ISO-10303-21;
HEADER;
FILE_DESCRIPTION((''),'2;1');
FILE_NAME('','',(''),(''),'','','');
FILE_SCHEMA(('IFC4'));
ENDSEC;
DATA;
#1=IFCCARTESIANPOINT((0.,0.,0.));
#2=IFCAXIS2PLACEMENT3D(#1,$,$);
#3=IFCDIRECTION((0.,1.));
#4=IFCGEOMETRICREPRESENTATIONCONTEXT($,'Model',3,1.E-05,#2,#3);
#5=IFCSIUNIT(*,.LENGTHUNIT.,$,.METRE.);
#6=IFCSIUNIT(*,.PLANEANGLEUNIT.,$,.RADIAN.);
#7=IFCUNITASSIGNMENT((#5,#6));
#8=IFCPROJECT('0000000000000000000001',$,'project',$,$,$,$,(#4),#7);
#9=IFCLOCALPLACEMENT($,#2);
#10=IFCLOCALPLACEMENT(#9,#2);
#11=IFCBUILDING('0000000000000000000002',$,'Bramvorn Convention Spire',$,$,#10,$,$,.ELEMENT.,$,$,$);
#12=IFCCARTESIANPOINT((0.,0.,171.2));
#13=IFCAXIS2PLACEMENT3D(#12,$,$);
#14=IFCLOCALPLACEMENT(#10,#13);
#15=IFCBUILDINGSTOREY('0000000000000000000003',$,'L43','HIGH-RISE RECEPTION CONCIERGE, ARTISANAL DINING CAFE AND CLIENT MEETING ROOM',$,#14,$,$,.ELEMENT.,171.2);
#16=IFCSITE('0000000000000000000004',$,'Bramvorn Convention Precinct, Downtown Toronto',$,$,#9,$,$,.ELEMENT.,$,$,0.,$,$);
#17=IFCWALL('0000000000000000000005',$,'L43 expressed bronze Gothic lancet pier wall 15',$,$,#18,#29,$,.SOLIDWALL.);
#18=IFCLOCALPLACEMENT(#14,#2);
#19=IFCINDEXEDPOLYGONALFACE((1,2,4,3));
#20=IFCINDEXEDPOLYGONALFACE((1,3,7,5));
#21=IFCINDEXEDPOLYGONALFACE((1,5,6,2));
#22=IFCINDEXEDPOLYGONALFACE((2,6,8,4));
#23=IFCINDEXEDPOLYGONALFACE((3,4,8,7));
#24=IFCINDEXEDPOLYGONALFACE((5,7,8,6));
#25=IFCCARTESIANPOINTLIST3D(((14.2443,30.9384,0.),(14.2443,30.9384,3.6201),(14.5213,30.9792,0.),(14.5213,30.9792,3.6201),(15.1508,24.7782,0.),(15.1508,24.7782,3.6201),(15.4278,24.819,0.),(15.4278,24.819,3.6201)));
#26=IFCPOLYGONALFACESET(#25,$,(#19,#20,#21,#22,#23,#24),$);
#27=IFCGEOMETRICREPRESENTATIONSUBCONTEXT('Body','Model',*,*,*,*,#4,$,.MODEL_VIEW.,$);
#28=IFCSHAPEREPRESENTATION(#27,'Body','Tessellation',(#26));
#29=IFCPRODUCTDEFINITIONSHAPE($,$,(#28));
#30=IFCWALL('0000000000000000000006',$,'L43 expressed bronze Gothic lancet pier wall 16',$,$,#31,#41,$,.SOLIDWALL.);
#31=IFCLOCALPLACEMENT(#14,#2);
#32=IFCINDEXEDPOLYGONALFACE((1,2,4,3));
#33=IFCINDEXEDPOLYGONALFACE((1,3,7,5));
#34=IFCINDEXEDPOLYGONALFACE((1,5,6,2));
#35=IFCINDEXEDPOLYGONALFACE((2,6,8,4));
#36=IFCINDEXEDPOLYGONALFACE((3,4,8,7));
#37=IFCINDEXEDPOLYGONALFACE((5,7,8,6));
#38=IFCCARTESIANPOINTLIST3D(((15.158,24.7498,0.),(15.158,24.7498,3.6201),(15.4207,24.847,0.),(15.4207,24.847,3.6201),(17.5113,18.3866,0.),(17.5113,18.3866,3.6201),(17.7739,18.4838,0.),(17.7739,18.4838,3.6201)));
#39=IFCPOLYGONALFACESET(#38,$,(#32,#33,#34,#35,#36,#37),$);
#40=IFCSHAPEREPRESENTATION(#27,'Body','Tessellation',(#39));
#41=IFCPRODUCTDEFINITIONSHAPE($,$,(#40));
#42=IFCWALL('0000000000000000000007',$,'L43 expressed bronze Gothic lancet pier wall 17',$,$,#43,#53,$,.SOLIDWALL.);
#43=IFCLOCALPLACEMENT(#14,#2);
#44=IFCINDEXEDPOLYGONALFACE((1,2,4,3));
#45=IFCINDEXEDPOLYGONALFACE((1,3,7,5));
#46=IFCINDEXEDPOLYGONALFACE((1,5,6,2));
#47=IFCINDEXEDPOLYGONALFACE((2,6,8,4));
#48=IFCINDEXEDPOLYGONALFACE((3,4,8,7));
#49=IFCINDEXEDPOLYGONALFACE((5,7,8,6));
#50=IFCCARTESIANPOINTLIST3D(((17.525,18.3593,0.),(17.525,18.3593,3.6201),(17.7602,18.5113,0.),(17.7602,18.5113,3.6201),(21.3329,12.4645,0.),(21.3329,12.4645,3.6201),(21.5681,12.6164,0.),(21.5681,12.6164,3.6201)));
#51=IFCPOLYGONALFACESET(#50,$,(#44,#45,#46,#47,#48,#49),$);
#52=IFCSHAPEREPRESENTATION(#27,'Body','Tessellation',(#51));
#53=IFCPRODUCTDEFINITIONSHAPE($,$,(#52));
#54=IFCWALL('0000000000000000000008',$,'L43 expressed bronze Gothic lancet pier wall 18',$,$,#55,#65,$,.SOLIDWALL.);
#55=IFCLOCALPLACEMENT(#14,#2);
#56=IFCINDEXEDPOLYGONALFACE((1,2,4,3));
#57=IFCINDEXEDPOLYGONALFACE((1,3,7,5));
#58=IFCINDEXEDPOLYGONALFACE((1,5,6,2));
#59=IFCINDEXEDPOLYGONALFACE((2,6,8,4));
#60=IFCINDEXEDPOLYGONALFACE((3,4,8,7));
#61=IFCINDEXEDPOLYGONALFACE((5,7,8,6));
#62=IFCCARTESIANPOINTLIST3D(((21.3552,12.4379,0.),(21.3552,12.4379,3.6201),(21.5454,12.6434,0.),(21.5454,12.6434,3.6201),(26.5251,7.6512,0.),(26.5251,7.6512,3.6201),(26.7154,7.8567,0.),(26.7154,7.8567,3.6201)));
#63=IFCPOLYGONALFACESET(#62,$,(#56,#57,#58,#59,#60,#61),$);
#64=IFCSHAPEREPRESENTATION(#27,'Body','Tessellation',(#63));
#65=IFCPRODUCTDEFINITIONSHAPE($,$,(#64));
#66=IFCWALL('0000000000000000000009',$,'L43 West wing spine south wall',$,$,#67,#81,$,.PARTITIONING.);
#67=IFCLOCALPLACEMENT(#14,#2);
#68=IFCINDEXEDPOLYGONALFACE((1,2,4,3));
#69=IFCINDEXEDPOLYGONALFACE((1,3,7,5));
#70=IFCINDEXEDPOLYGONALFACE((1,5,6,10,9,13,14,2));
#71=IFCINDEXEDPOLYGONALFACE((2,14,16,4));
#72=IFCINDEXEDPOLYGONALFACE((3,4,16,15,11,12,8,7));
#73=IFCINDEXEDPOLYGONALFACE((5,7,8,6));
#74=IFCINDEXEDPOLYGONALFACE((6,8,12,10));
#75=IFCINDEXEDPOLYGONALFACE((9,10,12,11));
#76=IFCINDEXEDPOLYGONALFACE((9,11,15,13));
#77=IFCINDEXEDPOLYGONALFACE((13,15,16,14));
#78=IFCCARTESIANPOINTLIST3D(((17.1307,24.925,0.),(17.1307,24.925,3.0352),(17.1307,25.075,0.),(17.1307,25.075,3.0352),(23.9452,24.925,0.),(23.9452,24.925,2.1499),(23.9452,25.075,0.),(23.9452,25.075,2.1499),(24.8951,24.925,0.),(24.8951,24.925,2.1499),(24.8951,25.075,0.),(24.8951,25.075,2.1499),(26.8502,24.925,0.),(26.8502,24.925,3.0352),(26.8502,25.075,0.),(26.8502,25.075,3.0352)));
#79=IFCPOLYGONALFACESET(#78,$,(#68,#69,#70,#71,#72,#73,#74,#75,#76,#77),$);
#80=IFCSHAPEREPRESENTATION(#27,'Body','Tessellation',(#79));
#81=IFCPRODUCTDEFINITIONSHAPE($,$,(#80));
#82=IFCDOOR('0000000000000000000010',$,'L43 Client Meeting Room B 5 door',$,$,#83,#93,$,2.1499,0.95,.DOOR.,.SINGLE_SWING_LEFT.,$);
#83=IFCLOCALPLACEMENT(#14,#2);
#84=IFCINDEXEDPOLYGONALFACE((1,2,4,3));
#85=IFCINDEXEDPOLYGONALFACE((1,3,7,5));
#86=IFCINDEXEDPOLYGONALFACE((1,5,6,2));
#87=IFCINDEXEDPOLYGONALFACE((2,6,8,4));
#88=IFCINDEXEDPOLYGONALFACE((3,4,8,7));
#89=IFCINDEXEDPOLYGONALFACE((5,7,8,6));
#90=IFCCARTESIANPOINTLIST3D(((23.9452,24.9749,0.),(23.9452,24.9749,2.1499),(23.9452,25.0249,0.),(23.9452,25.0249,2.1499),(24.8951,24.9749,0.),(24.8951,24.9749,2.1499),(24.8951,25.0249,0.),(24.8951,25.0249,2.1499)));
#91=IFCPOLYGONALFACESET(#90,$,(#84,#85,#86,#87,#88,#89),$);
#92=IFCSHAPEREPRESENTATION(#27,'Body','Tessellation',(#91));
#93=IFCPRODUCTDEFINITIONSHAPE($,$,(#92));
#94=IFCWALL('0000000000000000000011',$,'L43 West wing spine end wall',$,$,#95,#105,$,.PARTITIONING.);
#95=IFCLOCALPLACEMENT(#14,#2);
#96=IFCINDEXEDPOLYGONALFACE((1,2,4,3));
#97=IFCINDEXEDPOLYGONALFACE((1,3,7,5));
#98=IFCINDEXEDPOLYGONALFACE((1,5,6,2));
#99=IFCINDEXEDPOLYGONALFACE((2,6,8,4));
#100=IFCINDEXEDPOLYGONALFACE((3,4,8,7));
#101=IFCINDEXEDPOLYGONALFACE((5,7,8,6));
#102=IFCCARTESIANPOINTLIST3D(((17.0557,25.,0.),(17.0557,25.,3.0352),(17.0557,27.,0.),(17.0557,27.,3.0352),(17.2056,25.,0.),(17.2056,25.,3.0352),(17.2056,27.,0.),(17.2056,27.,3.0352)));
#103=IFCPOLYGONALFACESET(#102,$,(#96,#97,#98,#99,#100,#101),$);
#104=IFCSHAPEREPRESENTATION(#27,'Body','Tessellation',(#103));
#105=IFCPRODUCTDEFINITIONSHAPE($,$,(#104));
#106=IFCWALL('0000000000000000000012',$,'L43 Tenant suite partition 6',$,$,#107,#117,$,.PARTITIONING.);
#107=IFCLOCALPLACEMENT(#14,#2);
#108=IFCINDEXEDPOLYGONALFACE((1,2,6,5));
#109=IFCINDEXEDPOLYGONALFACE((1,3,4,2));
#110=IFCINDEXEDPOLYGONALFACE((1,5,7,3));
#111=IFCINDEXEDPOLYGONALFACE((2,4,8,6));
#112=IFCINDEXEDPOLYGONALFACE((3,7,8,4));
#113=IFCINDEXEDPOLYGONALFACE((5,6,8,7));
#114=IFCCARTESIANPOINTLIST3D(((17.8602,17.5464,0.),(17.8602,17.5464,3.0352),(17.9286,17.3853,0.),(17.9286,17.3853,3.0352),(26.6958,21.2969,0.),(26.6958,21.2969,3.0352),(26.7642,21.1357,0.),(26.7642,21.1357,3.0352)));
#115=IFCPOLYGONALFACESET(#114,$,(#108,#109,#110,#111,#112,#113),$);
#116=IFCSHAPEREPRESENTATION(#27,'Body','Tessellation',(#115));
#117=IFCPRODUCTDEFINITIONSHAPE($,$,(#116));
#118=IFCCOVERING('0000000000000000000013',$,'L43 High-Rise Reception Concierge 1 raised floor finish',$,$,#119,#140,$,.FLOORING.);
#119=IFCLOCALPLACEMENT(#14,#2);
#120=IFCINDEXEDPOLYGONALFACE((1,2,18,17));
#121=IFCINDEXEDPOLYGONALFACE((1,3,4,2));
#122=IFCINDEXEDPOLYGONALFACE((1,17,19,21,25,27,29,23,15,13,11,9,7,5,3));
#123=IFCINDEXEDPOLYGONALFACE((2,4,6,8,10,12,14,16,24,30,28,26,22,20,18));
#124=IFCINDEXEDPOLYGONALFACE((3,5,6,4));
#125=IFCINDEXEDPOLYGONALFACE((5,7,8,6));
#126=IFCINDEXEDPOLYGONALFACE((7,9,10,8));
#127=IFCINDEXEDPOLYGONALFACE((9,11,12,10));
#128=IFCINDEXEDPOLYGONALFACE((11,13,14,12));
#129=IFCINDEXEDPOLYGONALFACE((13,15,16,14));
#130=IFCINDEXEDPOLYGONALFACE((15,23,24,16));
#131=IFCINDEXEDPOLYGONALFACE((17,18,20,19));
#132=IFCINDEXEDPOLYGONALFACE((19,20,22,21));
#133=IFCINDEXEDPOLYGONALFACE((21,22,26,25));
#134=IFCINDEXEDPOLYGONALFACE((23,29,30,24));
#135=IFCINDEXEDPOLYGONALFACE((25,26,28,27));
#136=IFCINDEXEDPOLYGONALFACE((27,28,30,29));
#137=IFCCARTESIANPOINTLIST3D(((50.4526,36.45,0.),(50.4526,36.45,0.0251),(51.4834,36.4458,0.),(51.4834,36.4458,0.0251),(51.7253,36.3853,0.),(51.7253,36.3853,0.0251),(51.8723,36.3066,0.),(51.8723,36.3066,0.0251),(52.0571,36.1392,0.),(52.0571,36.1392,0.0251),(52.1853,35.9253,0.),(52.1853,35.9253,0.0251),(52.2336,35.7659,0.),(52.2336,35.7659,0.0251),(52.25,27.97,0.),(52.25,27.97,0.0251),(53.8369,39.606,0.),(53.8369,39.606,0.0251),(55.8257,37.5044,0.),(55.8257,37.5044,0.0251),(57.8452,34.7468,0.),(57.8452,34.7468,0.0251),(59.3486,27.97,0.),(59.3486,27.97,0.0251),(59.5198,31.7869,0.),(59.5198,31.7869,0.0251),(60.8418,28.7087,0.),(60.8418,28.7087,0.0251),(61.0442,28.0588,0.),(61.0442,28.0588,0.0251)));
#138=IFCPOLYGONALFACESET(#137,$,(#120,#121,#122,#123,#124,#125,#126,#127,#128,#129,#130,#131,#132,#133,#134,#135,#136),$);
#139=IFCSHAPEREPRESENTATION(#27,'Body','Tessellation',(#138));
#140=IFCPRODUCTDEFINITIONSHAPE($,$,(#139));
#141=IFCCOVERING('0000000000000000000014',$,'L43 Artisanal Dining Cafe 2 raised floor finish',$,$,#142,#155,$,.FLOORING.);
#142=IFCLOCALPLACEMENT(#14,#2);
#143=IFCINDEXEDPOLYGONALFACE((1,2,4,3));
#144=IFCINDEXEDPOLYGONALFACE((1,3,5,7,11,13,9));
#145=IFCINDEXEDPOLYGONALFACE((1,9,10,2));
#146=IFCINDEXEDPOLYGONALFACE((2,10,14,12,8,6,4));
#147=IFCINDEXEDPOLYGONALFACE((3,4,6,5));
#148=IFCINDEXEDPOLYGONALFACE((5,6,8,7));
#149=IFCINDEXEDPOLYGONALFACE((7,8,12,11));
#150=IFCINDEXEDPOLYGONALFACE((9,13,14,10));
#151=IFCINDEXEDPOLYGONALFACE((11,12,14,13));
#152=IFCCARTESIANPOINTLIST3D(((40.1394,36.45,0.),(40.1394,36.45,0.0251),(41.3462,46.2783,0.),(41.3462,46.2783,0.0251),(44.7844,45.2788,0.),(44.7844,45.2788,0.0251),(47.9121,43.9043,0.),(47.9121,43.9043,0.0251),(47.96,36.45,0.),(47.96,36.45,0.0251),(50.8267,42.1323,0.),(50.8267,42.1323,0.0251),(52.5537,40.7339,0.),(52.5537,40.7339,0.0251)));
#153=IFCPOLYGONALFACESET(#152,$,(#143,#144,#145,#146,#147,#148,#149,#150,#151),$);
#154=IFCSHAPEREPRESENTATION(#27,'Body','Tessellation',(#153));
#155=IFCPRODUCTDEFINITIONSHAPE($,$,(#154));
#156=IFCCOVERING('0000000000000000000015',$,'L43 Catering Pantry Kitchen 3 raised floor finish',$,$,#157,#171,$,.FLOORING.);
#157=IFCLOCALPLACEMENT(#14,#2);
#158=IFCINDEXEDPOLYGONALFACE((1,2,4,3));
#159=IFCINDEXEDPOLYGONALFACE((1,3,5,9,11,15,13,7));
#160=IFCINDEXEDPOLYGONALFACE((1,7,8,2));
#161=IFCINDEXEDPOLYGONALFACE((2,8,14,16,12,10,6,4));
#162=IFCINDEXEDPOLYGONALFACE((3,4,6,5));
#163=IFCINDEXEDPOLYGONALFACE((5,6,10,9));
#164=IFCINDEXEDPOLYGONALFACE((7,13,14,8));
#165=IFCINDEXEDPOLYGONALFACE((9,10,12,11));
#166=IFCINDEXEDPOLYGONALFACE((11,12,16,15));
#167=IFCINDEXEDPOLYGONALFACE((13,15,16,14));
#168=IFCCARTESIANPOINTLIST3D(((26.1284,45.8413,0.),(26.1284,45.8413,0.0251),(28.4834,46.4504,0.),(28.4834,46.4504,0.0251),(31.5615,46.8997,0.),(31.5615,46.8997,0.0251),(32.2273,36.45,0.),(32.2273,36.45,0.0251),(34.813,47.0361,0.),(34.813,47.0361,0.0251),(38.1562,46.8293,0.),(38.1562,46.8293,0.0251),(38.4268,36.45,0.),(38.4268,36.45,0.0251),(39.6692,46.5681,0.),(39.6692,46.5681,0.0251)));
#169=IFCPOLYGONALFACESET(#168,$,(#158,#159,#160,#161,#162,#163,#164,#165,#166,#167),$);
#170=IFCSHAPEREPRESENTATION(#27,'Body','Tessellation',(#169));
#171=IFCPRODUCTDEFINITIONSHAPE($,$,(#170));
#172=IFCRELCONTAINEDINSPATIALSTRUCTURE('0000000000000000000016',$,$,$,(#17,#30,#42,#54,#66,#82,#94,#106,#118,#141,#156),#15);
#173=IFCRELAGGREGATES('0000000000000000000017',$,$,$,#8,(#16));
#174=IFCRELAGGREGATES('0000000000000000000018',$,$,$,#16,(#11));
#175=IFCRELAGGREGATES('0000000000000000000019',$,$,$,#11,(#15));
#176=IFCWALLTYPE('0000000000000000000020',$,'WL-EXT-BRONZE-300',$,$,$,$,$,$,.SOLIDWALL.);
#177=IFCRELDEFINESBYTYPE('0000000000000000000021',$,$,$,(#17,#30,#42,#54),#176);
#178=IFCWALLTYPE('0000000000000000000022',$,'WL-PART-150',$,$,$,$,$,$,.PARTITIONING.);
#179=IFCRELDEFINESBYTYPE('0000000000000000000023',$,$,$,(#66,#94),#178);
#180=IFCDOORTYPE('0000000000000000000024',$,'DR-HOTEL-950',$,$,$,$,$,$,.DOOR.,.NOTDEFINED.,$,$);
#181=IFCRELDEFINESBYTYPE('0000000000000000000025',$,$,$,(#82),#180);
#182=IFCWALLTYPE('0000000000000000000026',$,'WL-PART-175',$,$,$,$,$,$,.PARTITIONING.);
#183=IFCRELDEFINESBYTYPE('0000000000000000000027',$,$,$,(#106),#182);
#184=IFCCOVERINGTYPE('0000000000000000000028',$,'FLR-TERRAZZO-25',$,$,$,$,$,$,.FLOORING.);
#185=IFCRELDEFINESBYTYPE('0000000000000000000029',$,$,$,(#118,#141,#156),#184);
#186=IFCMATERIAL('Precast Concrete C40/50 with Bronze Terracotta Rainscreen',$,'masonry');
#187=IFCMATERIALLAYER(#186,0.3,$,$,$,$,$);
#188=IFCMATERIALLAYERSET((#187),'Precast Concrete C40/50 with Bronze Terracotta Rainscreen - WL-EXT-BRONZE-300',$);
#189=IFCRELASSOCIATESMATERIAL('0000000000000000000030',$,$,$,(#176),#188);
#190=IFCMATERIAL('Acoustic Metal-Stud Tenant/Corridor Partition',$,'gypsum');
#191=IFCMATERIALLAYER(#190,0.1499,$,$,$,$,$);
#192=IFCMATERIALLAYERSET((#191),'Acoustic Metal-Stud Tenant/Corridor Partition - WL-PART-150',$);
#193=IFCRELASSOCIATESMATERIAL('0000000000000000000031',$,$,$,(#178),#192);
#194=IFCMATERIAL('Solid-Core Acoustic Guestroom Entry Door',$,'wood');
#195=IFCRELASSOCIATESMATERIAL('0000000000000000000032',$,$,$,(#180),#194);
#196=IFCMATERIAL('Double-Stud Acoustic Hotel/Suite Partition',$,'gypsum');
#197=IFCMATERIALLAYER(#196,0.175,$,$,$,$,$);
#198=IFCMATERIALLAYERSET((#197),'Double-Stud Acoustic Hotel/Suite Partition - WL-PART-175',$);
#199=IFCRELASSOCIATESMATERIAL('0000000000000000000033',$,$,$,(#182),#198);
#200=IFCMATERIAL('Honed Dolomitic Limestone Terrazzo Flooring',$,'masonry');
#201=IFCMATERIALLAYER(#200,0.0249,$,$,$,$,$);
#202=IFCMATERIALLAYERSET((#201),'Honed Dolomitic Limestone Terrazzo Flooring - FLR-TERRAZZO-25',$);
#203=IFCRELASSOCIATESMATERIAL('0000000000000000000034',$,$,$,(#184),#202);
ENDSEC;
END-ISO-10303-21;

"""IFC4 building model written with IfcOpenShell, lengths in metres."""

from ifc_helpers import new_model, si_unit, direction, frame, frame_2d, origin, place, context, subcontext, project, spatial, polyline, rectangle, outline, extrude, material, layer, layer_set, type_object, element, fill, save


model = new_model("IFC4")

# Units and contexts
model_context = context("Model", 3, precision=1e-05, world=origin(), true_north=direction((0.0, 1.0)))
body_context = subcontext(model_context, "Body", "Model", "MODEL_VIEW")
ifc_project = project(units=[si_unit("LENGTHUNIT", "METRE"), si_unit("PLANEANGLEUNIT", "RADIAN")], contexts=[model_context])

# Site, building, storey
site_placement = place(None, origin())
site = spatial("IfcSite", under=ifc_project, at=site_placement, Name="Bramvorn Convention Precinct, Downtown Toronto", CompositionType="ELEMENT", RefElevation=0.0)
building_placement = place(site_placement, origin())
building = spatial("IfcBuilding", under=site, at=building_placement, Name="Bramvorn Convention Spire", CompositionType="ELEMENT")
storey_placement = place(building_placement, frame((0.0, 0.0, 171.2)))
storey = spatial("IfcBuildingStorey", under=building, at=storey_placement, Name="L43", Description="HIGH-RISE RECEPTION CONCIERGE, ARTISANAL DINING CAFE AND CLIENT MEETING ROOM", CompositionType="ELEMENT", Elevation=171.2)

# Walls
ifc_material_1 = material(Name="Precast Concrete C40/50 with Bronze Terracotta Rainscreen", Category="masonry")
ifc_layer_1 = layer(ifc_material_1, 0.3)
ifc_layer_set_1 = layer_set([ifc_layer_1], Name="Precast Concrete C40/50 with Bronze Terracotta Rainscreen - WL-EXT-BRONZE-300")
wall_type_1 = type_object("IfcWallType", Name="WL-EXT-BRONZE-300", PredefinedType="SOLIDWALL", material=ifc_layer_set_1)
wall_1_placement = place(storey_placement, frame((15.2893, 24.7986, 0.0), z_axis=(0.0, 0.0, 1.0), x_axis=(-0.145587, 0.989346, 0.0)))
element("IfcWall", 1, at=wall_1_placement, inside=storey, type_object=wall_type_1, Name="L43 expressed bronze Gothic lancet pier wall 15", PredefinedType="SOLIDWALL", context=body_context, shape_type="SweptSolid", body=[
    extrude(rectangle(XDim=6.2266, YDim=0.28, at=frame_2d((3.1133, 0.0))), origin(), (0.0, 0.0, 1.0), 3.6201),
])
wall_2_placement = place(storey_placement, frame((17.6426, 18.4353, 0.0), z_axis=(0.0, 0.0, 1.0), x_axis=(-0.346861, 0.937917, 0.0)))
element("IfcWall", 2, at=wall_2_placement, inside=storey, type_object=wall_type_1, Name="L43 expressed bronze Gothic lancet pier wall 16", PredefinedType="SOLIDWALL", context=body_context, shape_type="SweptSolid", body=[
    extrude(rectangle(XDim=6.7844, YDim=0.28, at=frame_2d((3.3921, 0.0))), origin(), (0.0, 0.0, 1.0), 3.6201),
])
wall_3_placement = place(storey_placement, frame((21.4504, 12.5405, 0.0), z_axis=(0.0, 0.0, 1.0), x_axis=(-0.542608, 0.839986, 0.0)))
element("IfcWall", 3, at=wall_3_placement, inside=storey, type_object=wall_type_1, Name="L43 expressed bronze Gothic lancet pier wall 17", PredefinedType="SOLIDWALL", context=body_context, shape_type="SweptSolid", body=[
    extrude(rectangle(XDim=7.0178, YDim=0.28, at=frame_2d((3.5088, 0.0))), origin(), (0.0, 0.0, 1.0), 3.6201),
])
wall_4_placement = place(storey_placement, frame((26.6204, 7.7539, 0.0), z_axis=(0.0, 0.0, 1.0), x_axis=(-0.733785, 0.679382, 0.0)))
element("IfcWall", 4, at=wall_4_placement, inside=storey, type_object=wall_type_1, Name="L43 expressed bronze Gothic lancet pier wall 18", PredefinedType="SOLIDWALL", context=body_context, shape_type="SweptSolid", body=[
    extrude(rectangle(XDim=7.0457, YDim=0.28, at=frame_2d((3.5229, 0.0))), origin(), (0.0, 0.0, 1.0), 3.6201),
])

# Wall, opening, door
ifc_material_2 = material(Name="Acoustic Metal-Stud Tenant/Corridor Partition", Category="gypsum")
ifc_layer_2 = layer(ifc_material_2, 0.1499)
ifc_layer_set_2 = layer_set([ifc_layer_2], Name="Acoustic Metal-Stud Tenant/Corridor Partition - WL-PART-150")
wall_type_2 = type_object("IfcWallType", Name="WL-PART-150", PredefinedType="PARTITIONING", material=ifc_layer_set_2)
wall_5_placement = place(storey_placement, frame((17.1306, 25.0, 0.0), z_axis=(0.0, 0.0, 1.0), x_axis=(1.0, 0.0, 0.0)))
wall_5 = element("IfcWall", 5, at=wall_5_placement, inside=storey, type_object=wall_type_2, Name="L43 West wing spine south wall", PredefinedType="PARTITIONING", context=body_context, shape_type="SweptSolid", body=[
    extrude(rectangle(XDim=9.7195, YDim=0.1499, at=frame_2d((4.8599, 0.0))), origin(), (0.0, 0.0, 1.0), 3.0352),
])
opening_1_placement = place(wall_5_placement, frame((6.8145, 0.0, 0.0)))
opening_1 = element("IfcOpeningElement", 6, at=opening_1_placement, cuts=wall_5, PredefinedType="OPENING", context=body_context, shape_type="SweptSolid", body=[
    extrude(rectangle(XDim=0.95, YDim=2.1499, at=frame_2d((0.4751, 1.075))), frame((0.0, 0.085, 0.0), z_axis=(0.0, -1.0, 0.0), x_axis=(1.0, 0.0, 0.0)), (0.0, 0.0, 1.0), 0.1699),
])
ifc_material_3 = material(Name="Solid-Core Acoustic Guestroom Entry Door", Category="wood")
door_type_1 = type_object("IfcDoorType", Name="DR-HOTEL-950", OperationType="NOTDEFINED", PredefinedType="DOOR", material=ifc_material_3)
door_1_placement = place(opening_1_placement, origin())
door_1 = element("IfcDoor", 7, at=door_1_placement, inside=storey, type_object=door_type_1, Name="L43 Client Meeting Room B 5 door", OperationType="SINGLE_SWING_LEFT", OverallHeight=2.1499, OverallWidth=0.95, PredefinedType="DOOR", context=body_context, shape_type="SweptSolid", body=[
    extrude(rectangle(XDim=0.95, YDim=2.1499, at=frame_2d((0.4751, 1.075))), frame((0.0, 0.0249, 0.0), z_axis=(0.0, -1.0, 0.0), x_axis=(1.0, 0.0, 0.0)), (0.0, 0.0, 1.0), 0.05),
])
fill(opening_1, door_1)

# Walls
wall_6_placement = place(storey_placement, frame((17.1306, 25.0, 0.0), z_axis=(0.0, 0.0, 1.0), x_axis=(0.0, 1.0, 0.0)))
element("IfcWall", 8, at=wall_6_placement, inside=storey, type_object=wall_type_2, Name="L43 West wing spine end wall", PredefinedType="PARTITIONING", context=body_context, shape_type="SweptSolid", body=[
    extrude(rectangle(XDim=2.0, YDim=0.1499, at=frame_2d((1.0, 0.0))), origin(), (0.0, 0.0, 1.0), 3.0352),
])
ifc_material_4 = material(Name="Double-Stud Acoustic Hotel/Suite Partition", Category="gypsum")
ifc_layer_3 = layer(ifc_material_4, 0.175)
ifc_layer_set_3 = layer_set([ifc_layer_3], Name="Double-Stud Acoustic Hotel/Suite Partition - WL-PART-175")
wall_type_3 = type_object("IfcWallType", Name="WL-PART-175", PredefinedType="PARTITIONING", material=ifc_layer_set_3)
wall_7_placement = place(storey_placement, frame((26.73, 21.2163, 0.0), z_axis=(0.0, 0.0, 1.0), x_axis=(-0.920506, -0.390728, 0.0)))
element("IfcWall", 9, at=wall_7_placement, inside=storey, type_object=wall_type_3, Name="L43 Tenant suite partition 6", PredefinedType="PARTITIONING", context=body_context, shape_type="SweptSolid", body=[
    extrude(rectangle(XDim=9.5986, YDim=0.175, at=frame_2d((4.7993, 0.0))), origin(), (0.0, 0.0, 1.0), 3.0352),
])

# Coverings
ifc_material_5 = material(Name="Honed Dolomitic Limestone Terrazzo Flooring", Category="masonry")
ifc_layer_4 = layer(ifc_material_5, 0.0249)
ifc_layer_set_4 = layer_set([ifc_layer_4], Name="Honed Dolomitic Limestone Terrazzo Flooring - FLR-TERRAZZO-25")
covering_type = type_object("IfcCoveringType", Name="FLR-TERRAZZO-25", PredefinedType="FLOORING", material=ifc_layer_set_4)
covering_1_placement = place(storey_placement, origin())
element("IfcCovering", 10, at=covering_1_placement, inside=storey, type_object=covering_type, Name="L43 High-Rise Reception Concierge 1 raised floor finish", PredefinedType="FLOORING", context=body_context, shape_type="SweptSolid", body=[
    extrude(outline(polyline([(50.4526, 36.45), (51.4834, 36.4458), (51.7253, 36.3853), (51.8723, 36.3066), (52.0571, 36.1392), (52.1853, 35.9253), (52.2336, 35.7659), (52.25, 27.97), (59.3486, 27.97), (61.0442, 28.0588), (60.8418, 28.7087), (59.5198, 31.7869), (57.8452, 34.7468), (55.8257, 37.5044), (53.8369, 39.606), (50.4526, 36.45)])), origin(), (0.0, 0.0, 1.0), 0.0251),
])
covering_2_placement = place(storey_placement, origin())
element("IfcCovering", 11, at=covering_2_placement, inside=storey, type_object=covering_type, Name="L43 Artisanal Dining Cafe 2 raised floor finish", PredefinedType="FLOORING", context=body_context, shape_type="SweptSolid", body=[
    extrude(outline(polyline([(41.3462, 46.2783), (40.1394, 36.45), (47.96, 36.45), (52.5537, 40.7339), (50.8267, 42.1323), (47.9121, 43.9043), (44.7844, 45.2788), (41.3462, 46.2783)])), origin(), (0.0, 0.0, 1.0), 0.0251),
])
covering_3_placement = place(storey_placement, origin())
element("IfcCovering", 12, at=covering_3_placement, inside=storey, type_object=covering_type, Name="L43 Catering Pantry Kitchen 3 raised floor finish", PredefinedType="FLOORING", context=body_context, shape_type="SweptSolid", body=[
    extrude(outline(polyline([(32.2273, 36.45), (38.4268, 36.45), (39.6692, 46.5681), (38.1562, 46.8293), (34.813, 47.0361), (31.5615, 46.8997), (28.4834, 46.4504), (26.1284, 45.8413), (32.2273, 36.45)])), origin(), (0.0, 0.0, 1.0), 0.0251),
])

save(model, "model.ifc")
